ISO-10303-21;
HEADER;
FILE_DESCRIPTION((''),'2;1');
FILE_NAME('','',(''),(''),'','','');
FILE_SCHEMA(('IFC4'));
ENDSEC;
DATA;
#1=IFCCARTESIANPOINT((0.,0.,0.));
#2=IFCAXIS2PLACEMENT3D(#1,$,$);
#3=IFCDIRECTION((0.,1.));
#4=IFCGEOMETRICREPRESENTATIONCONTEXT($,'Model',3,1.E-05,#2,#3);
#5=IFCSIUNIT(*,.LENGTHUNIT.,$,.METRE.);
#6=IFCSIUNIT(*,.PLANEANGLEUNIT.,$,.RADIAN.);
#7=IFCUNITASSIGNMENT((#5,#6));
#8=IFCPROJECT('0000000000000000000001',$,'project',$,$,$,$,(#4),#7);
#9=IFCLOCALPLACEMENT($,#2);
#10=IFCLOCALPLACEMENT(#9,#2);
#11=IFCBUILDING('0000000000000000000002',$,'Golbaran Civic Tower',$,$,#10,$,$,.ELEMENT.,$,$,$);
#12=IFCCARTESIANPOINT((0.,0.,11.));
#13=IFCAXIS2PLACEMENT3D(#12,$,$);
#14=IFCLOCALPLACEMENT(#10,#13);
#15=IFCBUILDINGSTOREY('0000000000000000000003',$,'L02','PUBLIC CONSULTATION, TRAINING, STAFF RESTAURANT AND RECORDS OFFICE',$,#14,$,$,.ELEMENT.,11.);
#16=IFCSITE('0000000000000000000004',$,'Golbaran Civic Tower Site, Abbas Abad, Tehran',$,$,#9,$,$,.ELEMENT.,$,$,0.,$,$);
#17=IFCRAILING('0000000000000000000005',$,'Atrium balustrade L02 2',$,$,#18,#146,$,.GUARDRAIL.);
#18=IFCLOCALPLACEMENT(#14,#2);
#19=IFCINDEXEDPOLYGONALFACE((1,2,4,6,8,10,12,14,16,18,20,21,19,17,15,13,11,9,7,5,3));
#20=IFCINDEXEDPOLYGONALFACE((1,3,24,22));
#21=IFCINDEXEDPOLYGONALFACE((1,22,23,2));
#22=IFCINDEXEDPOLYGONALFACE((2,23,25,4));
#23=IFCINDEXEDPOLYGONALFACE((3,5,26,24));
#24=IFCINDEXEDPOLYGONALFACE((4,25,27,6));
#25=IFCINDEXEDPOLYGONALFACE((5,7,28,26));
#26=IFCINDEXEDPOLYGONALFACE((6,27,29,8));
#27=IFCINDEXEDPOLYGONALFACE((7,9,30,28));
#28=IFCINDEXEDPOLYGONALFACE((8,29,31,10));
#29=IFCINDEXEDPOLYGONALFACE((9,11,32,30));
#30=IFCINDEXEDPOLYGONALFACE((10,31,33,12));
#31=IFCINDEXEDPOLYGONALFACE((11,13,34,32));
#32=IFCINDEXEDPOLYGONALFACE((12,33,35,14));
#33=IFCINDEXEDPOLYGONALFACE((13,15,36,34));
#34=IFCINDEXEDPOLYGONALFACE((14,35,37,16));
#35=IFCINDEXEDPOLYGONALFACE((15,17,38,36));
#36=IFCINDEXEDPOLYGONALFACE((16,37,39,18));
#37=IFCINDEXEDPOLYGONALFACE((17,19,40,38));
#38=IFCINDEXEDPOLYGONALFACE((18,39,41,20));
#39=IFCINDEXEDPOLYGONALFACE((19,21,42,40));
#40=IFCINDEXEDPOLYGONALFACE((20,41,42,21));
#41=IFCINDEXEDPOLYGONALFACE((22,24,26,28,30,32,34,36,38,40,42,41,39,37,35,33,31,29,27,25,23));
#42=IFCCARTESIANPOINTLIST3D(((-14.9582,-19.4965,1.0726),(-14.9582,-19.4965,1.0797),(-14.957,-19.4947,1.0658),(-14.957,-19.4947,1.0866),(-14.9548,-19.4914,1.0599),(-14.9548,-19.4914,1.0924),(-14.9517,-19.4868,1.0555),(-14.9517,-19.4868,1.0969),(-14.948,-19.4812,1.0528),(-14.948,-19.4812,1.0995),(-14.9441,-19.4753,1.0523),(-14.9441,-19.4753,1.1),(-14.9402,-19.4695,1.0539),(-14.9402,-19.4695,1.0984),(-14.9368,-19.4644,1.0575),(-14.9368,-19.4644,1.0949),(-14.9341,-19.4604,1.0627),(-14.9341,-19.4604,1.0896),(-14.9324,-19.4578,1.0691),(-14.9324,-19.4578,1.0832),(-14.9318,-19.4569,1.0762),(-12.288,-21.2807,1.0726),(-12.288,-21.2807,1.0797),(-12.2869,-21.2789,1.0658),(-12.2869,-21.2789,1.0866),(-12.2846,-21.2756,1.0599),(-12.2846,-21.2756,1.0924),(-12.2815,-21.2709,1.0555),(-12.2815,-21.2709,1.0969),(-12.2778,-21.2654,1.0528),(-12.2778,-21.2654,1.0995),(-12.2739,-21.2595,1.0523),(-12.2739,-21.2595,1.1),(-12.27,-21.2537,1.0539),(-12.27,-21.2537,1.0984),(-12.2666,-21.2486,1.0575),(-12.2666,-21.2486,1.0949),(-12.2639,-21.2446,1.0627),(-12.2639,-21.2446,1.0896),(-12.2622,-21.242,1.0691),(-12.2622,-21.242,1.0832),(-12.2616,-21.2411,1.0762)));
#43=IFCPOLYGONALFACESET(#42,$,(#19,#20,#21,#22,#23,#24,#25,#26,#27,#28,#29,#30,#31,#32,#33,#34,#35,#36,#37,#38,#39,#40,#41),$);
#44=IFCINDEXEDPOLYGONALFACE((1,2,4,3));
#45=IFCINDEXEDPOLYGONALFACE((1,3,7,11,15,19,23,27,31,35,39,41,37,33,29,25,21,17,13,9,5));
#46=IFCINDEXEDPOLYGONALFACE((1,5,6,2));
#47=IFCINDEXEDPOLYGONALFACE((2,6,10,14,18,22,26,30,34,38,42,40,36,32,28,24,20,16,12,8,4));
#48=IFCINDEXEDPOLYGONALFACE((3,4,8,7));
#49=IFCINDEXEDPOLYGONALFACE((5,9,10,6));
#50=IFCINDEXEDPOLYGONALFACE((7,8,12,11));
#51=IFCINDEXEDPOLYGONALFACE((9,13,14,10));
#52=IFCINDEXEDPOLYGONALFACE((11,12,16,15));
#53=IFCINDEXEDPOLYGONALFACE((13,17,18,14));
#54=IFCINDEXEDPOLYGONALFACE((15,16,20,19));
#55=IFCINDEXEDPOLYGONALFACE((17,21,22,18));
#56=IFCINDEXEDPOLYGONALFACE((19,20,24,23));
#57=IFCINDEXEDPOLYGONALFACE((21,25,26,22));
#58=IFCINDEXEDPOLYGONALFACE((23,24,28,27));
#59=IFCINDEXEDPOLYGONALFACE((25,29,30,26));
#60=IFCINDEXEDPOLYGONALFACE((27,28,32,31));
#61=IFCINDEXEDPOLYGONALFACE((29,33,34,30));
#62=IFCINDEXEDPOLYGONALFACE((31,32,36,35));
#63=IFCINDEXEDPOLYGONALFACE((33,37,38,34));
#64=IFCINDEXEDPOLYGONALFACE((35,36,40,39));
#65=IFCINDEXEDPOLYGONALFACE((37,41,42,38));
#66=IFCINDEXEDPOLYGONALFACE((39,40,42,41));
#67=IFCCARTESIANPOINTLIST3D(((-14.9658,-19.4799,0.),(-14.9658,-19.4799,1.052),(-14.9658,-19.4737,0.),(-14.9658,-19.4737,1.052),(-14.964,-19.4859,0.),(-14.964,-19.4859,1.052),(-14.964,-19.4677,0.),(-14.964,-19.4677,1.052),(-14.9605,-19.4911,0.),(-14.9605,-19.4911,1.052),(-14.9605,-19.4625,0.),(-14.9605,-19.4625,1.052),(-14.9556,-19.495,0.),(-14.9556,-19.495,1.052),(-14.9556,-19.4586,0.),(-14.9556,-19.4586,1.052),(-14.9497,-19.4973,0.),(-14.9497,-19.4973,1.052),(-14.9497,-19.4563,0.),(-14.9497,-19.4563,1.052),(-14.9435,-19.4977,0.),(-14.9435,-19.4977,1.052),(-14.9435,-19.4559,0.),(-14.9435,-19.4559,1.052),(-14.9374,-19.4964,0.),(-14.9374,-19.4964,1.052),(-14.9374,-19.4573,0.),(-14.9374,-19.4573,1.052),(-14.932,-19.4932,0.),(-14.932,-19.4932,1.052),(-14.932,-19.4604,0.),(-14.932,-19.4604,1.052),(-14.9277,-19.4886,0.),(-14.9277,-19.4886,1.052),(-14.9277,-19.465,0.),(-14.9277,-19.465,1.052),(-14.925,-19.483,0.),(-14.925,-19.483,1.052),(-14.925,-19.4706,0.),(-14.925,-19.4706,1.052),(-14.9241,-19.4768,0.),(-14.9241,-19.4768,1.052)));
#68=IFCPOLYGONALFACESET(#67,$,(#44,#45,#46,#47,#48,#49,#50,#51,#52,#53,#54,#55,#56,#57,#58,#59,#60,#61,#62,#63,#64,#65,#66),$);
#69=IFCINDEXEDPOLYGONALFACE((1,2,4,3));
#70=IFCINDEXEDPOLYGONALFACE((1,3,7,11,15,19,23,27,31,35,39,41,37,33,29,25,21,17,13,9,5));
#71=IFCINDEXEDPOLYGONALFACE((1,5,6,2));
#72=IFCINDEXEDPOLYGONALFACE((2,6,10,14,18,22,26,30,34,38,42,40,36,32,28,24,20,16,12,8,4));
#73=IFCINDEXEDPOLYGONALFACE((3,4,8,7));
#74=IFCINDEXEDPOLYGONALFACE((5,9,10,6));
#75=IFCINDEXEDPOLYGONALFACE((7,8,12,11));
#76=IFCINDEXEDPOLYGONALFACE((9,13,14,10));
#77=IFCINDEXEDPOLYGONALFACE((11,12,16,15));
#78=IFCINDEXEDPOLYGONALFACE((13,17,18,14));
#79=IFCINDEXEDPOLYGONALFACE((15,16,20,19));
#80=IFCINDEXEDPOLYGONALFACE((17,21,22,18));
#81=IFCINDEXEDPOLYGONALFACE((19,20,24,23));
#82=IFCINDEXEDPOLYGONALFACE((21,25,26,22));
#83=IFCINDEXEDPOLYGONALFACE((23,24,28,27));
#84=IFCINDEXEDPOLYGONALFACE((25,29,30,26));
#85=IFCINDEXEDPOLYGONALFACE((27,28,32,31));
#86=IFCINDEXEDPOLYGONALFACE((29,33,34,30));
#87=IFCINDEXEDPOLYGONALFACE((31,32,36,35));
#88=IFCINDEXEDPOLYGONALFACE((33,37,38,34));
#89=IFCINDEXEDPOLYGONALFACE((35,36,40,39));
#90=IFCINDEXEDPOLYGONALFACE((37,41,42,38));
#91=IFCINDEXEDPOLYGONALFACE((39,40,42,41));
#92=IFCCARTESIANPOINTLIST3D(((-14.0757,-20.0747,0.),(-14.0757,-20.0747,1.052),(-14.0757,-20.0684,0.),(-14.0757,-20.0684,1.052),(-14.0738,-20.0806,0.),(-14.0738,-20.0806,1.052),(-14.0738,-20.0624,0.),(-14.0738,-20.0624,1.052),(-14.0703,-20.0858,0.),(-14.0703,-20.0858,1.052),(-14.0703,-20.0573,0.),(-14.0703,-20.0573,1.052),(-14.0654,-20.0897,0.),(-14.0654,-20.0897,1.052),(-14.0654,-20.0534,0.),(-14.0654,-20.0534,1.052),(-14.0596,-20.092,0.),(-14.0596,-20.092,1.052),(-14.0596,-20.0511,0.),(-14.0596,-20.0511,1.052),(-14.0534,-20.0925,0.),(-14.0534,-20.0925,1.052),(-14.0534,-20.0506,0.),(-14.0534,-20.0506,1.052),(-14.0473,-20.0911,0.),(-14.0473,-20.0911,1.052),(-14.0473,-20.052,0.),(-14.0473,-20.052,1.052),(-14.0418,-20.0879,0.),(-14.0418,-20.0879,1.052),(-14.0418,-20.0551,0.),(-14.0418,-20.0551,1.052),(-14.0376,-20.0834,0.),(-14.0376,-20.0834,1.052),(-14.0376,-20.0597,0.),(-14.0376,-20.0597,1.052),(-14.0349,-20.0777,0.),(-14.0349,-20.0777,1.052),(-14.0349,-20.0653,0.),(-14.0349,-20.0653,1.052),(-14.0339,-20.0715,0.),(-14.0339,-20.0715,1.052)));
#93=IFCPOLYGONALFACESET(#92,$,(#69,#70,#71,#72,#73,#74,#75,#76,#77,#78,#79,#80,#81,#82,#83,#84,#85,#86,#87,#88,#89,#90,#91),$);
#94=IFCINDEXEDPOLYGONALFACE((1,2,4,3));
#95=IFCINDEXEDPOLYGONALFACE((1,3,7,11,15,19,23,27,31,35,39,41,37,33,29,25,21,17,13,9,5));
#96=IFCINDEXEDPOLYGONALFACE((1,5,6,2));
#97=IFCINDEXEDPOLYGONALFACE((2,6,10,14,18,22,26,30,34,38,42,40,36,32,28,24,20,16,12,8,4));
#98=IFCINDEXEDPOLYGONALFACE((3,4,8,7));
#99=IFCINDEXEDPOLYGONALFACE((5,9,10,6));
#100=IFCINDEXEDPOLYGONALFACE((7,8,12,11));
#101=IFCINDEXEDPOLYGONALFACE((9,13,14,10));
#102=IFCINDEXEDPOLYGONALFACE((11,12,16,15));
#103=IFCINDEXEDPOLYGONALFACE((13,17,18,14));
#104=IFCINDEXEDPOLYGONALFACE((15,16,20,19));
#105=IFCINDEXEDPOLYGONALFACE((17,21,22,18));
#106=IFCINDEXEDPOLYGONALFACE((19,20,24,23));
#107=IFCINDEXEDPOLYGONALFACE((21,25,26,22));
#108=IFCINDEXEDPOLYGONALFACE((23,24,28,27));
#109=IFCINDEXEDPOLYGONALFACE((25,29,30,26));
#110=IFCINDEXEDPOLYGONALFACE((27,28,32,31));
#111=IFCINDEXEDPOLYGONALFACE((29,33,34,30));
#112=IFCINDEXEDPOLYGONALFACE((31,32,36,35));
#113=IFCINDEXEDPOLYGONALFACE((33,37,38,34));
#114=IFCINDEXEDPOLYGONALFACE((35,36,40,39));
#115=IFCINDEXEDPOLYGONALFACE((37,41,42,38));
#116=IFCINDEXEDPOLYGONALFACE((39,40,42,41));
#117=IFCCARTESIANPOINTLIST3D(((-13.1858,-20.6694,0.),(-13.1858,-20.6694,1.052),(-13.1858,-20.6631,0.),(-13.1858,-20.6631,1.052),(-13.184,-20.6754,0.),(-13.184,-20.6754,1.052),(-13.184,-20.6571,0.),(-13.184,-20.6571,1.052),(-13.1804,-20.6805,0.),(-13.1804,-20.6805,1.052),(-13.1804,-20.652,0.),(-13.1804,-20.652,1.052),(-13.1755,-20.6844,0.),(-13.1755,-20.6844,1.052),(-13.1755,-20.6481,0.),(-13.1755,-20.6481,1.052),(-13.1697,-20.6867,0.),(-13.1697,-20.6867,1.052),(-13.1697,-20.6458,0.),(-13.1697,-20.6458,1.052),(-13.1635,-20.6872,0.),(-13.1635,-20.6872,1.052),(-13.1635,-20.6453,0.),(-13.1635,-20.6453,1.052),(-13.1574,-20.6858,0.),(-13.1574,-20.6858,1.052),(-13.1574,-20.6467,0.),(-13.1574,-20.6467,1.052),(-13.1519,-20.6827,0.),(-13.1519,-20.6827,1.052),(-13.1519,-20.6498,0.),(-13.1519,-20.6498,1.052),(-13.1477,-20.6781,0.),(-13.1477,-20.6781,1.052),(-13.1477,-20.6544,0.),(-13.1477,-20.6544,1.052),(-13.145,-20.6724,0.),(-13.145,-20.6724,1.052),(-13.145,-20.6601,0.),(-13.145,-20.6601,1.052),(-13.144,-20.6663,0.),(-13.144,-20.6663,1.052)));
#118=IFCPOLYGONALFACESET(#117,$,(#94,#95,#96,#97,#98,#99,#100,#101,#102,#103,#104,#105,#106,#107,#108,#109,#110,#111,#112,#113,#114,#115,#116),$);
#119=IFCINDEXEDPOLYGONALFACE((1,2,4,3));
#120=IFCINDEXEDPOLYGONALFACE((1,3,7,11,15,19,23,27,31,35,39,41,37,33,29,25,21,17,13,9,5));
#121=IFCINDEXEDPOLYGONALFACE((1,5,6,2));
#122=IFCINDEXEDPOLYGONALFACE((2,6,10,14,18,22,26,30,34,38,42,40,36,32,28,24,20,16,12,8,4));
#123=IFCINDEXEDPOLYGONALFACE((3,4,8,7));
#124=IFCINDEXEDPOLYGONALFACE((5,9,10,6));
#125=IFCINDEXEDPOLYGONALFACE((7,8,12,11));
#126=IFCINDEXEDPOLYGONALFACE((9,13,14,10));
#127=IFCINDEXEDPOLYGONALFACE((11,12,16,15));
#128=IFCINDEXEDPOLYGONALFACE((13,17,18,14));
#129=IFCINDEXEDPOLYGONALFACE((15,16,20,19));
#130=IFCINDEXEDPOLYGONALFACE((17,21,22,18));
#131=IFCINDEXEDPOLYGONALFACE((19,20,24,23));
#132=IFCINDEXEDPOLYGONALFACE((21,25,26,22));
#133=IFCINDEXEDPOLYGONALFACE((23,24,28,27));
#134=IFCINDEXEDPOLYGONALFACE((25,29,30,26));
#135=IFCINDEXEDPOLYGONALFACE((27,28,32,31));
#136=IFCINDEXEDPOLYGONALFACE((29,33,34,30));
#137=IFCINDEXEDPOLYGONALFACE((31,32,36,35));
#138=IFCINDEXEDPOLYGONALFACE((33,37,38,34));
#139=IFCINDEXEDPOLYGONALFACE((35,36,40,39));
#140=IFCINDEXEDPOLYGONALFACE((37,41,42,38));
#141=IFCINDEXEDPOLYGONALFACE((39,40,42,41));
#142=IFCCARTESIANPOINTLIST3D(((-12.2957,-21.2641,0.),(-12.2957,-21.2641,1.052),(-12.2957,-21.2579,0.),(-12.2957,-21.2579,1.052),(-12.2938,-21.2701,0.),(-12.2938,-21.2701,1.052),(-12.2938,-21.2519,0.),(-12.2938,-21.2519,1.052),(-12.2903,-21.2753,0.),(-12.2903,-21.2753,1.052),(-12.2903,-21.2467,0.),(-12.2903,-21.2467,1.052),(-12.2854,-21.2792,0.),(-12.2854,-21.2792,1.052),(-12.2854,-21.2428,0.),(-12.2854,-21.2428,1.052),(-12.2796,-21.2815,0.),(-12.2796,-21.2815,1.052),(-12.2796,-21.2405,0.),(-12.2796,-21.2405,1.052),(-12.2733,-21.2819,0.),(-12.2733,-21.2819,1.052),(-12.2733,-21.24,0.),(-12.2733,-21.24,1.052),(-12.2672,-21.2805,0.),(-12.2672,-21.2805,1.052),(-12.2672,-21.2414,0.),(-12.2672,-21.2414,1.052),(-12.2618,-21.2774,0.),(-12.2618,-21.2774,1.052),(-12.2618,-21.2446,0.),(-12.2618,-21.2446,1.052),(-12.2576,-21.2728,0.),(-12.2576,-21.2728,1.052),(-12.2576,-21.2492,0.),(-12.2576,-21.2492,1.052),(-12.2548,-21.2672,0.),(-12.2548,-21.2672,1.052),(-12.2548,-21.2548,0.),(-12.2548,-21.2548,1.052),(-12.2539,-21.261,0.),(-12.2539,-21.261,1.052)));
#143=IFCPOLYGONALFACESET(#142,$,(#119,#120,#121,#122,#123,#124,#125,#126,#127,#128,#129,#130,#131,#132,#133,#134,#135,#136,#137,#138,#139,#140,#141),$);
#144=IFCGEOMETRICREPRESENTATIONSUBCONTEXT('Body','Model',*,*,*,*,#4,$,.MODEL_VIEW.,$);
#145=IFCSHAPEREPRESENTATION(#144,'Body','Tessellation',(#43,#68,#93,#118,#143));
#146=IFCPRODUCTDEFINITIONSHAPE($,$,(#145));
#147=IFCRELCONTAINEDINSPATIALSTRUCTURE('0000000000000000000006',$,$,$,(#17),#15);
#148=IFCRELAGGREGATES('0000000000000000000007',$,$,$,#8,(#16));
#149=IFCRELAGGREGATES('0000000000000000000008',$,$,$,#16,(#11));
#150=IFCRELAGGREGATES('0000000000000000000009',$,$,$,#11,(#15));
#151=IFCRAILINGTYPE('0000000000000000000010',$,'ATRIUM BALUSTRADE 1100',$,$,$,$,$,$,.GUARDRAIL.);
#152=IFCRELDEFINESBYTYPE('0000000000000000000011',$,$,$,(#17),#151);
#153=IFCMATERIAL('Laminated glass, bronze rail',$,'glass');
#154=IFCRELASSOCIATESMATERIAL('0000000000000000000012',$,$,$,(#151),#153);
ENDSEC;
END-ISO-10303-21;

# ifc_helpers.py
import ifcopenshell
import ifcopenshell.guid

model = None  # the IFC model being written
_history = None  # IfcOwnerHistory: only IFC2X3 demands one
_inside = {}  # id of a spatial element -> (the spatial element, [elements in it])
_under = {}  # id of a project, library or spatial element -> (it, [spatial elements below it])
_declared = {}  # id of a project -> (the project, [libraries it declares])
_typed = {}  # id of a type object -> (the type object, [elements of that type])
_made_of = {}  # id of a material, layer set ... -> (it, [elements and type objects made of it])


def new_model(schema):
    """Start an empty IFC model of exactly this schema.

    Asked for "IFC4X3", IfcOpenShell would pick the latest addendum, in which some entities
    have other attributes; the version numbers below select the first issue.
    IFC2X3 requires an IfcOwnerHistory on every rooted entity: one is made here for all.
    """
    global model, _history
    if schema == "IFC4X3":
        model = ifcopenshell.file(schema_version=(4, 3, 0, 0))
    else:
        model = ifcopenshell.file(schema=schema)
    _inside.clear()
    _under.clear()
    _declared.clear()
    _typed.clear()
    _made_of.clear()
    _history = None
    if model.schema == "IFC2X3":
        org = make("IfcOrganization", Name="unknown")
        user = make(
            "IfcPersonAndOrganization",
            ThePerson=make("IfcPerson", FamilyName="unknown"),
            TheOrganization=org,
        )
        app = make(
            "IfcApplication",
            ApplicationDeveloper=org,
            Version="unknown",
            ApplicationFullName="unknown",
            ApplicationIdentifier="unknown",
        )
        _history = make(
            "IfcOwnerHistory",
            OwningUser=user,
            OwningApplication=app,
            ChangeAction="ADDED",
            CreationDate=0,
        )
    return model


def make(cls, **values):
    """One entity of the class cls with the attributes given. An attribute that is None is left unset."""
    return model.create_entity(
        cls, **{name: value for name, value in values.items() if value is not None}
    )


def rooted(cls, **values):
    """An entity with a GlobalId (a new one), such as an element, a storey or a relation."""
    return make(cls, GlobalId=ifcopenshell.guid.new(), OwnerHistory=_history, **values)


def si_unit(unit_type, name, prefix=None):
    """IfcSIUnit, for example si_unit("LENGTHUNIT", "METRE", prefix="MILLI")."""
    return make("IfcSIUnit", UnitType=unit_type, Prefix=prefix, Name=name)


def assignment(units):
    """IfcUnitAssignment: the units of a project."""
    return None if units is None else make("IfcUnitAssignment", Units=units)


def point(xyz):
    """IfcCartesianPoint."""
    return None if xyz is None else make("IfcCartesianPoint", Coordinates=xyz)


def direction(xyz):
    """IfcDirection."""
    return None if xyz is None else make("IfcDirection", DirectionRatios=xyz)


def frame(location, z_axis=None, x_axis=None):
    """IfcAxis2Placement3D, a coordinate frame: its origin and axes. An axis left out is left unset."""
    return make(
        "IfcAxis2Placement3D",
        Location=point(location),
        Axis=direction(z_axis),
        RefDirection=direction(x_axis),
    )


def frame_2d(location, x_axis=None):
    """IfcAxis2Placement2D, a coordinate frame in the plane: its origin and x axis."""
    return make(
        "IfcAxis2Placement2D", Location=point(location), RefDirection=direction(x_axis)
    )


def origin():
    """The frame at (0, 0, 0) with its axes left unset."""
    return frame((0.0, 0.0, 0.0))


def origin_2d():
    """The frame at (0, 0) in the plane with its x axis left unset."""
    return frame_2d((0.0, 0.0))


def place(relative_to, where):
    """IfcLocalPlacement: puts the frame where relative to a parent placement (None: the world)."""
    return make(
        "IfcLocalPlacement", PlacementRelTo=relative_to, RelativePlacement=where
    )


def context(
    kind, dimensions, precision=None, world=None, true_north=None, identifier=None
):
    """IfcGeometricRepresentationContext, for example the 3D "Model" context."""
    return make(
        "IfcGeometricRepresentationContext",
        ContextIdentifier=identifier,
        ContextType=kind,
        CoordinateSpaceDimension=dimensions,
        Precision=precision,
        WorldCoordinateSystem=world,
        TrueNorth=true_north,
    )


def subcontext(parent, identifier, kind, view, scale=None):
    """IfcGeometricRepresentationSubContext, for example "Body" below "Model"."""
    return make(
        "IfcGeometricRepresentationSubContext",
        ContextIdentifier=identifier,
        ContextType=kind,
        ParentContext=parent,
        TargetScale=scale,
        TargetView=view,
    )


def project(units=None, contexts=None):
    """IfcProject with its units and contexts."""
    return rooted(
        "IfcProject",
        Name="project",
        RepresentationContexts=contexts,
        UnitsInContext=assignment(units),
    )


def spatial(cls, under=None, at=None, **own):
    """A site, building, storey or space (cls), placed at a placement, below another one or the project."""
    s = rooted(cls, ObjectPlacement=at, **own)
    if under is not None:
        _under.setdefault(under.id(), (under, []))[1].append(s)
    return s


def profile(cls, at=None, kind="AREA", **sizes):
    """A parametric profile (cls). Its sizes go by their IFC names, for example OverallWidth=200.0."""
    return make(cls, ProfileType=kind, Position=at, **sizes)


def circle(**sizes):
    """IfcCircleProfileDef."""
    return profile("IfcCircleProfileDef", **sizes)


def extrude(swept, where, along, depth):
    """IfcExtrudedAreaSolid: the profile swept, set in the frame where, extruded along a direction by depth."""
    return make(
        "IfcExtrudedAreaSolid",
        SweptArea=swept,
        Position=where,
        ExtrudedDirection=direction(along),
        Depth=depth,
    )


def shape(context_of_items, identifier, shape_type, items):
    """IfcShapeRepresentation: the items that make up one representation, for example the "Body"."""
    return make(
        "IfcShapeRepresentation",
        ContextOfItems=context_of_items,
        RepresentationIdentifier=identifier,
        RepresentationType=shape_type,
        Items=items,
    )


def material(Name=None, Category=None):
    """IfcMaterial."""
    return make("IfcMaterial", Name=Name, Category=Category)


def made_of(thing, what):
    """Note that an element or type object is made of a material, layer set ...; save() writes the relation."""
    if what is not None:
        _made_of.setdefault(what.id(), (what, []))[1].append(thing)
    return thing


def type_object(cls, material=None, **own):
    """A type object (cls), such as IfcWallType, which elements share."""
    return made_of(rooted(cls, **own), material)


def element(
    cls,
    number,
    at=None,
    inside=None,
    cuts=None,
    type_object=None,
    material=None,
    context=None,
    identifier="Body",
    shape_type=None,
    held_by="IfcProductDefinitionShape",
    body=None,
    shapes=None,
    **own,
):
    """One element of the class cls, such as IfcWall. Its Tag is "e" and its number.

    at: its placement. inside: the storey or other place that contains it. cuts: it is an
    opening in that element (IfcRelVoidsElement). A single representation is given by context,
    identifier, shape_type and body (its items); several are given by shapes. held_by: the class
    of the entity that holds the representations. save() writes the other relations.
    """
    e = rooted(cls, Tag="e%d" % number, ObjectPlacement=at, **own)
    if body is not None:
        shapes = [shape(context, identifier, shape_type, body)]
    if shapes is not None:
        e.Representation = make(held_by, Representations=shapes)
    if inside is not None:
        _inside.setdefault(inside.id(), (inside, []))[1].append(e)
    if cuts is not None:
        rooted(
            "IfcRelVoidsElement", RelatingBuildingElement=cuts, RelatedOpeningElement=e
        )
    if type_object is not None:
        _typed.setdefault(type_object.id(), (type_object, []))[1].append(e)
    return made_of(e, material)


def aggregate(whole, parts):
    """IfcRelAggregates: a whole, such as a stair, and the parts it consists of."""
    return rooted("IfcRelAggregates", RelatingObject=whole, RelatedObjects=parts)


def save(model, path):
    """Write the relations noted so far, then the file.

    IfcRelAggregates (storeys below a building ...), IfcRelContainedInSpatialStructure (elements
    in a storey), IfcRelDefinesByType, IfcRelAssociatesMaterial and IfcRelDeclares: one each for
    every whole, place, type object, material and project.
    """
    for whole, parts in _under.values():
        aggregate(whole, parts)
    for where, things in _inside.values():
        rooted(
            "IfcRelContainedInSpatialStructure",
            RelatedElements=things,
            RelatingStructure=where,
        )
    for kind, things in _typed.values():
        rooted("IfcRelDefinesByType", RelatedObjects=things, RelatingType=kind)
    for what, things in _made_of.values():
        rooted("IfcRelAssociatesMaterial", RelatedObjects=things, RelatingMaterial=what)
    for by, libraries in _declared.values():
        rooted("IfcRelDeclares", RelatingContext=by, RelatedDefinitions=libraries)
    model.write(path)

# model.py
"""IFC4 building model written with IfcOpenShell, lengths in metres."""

from ifc_helpers import new_model, si_unit, direction, frame, origin, origin_2d, place, context, subcontext, project, spatial, circle, extrude, material, type_object, element, save


model = new_model("IFC4")

# Units and contexts
model_context = context("Model", 3, precision=1e-05, world=origin(), true_north=direction((0.0, 1.0)))
body_context = subcontext(model_context, "Body", "Model", "MODEL_VIEW")
ifc_project = project(units=[si_unit("LENGTHUNIT", "METRE"), si_unit("PLANEANGLEUNIT", "RADIAN")], contexts=[model_context])

# Site, building, storey
site_placement = place(None, origin())
site = spatial("IfcSite", under=ifc_project, at=site_placement, Name="Golbaran Civic Tower Site, Abbas Abad, Tehran", CompositionType="ELEMENT", RefElevation=0.0)
building_placement = place(site_placement, origin())
building = spatial("IfcBuilding", under=site, at=building_placement, Name="Golbaran Civic Tower", CompositionType="ELEMENT")
storey_placement = place(building_placement, frame((0.0, 0.0, 11.0)))
storey = spatial("IfcBuildingStorey", under=building, at=storey_placement, Name="L02", Description="PUBLIC CONSULTATION, TRAINING, STAFF RESTAURANT AND RECORDS OFFICE", CompositionType="ELEMENT", Elevation=11.0)

# Railing
ifc_material_1 = material(Name="Laminated glass, bronze rail", Category="glass")
railing_type_1 = type_object("IfcRailingType", Name="ATRIUM BALUSTRADE 1100", PredefinedType="GUARDRAIL", material=ifc_material_1)
railing_1_placement = place(storey_placement, frame((-14.9451, -19.4768, 0.0)))
element("IfcRailing", 1, at=railing_1_placement, inside=storey, type_object=railing_type_1, Name="Atrium balustrade L02 2", PredefinedType="GUARDRAIL", context=body_context, shape_type="SweptSolid", body=[
    extrude(circle(Radius=0.0239, at=origin_2d()), frame((0.0, 0.0, 1.0762), z_axis=(0.831465, -0.555577, 0.0), x_axis=(0.555577, 0.831465, 0.0)), (0.0, 0.0, 1.0), 3.2114),
    extrude(circle(Radius=0.021, at=origin_2d()), origin(), (0.0, 0.0, 1.0), 1.052),
    extrude(circle(Radius=0.021, at=origin_2d()), frame((0.8901, -0.5947, 0.0)), (0.0, 0.0, 1.0), 1.052),
    extrude(circle(Radius=0.021, at=origin_2d()), frame((1.78, -1.1895, 0.0)), (0.0, 0.0, 1.0), 1.052),
    extrude(circle(Radius=0.021, at=origin_2d()), frame((2.6702, -1.7842, 0.0)), (0.0, 0.0, 1.0), 1.052),
])

save(model, "model.ifc")
